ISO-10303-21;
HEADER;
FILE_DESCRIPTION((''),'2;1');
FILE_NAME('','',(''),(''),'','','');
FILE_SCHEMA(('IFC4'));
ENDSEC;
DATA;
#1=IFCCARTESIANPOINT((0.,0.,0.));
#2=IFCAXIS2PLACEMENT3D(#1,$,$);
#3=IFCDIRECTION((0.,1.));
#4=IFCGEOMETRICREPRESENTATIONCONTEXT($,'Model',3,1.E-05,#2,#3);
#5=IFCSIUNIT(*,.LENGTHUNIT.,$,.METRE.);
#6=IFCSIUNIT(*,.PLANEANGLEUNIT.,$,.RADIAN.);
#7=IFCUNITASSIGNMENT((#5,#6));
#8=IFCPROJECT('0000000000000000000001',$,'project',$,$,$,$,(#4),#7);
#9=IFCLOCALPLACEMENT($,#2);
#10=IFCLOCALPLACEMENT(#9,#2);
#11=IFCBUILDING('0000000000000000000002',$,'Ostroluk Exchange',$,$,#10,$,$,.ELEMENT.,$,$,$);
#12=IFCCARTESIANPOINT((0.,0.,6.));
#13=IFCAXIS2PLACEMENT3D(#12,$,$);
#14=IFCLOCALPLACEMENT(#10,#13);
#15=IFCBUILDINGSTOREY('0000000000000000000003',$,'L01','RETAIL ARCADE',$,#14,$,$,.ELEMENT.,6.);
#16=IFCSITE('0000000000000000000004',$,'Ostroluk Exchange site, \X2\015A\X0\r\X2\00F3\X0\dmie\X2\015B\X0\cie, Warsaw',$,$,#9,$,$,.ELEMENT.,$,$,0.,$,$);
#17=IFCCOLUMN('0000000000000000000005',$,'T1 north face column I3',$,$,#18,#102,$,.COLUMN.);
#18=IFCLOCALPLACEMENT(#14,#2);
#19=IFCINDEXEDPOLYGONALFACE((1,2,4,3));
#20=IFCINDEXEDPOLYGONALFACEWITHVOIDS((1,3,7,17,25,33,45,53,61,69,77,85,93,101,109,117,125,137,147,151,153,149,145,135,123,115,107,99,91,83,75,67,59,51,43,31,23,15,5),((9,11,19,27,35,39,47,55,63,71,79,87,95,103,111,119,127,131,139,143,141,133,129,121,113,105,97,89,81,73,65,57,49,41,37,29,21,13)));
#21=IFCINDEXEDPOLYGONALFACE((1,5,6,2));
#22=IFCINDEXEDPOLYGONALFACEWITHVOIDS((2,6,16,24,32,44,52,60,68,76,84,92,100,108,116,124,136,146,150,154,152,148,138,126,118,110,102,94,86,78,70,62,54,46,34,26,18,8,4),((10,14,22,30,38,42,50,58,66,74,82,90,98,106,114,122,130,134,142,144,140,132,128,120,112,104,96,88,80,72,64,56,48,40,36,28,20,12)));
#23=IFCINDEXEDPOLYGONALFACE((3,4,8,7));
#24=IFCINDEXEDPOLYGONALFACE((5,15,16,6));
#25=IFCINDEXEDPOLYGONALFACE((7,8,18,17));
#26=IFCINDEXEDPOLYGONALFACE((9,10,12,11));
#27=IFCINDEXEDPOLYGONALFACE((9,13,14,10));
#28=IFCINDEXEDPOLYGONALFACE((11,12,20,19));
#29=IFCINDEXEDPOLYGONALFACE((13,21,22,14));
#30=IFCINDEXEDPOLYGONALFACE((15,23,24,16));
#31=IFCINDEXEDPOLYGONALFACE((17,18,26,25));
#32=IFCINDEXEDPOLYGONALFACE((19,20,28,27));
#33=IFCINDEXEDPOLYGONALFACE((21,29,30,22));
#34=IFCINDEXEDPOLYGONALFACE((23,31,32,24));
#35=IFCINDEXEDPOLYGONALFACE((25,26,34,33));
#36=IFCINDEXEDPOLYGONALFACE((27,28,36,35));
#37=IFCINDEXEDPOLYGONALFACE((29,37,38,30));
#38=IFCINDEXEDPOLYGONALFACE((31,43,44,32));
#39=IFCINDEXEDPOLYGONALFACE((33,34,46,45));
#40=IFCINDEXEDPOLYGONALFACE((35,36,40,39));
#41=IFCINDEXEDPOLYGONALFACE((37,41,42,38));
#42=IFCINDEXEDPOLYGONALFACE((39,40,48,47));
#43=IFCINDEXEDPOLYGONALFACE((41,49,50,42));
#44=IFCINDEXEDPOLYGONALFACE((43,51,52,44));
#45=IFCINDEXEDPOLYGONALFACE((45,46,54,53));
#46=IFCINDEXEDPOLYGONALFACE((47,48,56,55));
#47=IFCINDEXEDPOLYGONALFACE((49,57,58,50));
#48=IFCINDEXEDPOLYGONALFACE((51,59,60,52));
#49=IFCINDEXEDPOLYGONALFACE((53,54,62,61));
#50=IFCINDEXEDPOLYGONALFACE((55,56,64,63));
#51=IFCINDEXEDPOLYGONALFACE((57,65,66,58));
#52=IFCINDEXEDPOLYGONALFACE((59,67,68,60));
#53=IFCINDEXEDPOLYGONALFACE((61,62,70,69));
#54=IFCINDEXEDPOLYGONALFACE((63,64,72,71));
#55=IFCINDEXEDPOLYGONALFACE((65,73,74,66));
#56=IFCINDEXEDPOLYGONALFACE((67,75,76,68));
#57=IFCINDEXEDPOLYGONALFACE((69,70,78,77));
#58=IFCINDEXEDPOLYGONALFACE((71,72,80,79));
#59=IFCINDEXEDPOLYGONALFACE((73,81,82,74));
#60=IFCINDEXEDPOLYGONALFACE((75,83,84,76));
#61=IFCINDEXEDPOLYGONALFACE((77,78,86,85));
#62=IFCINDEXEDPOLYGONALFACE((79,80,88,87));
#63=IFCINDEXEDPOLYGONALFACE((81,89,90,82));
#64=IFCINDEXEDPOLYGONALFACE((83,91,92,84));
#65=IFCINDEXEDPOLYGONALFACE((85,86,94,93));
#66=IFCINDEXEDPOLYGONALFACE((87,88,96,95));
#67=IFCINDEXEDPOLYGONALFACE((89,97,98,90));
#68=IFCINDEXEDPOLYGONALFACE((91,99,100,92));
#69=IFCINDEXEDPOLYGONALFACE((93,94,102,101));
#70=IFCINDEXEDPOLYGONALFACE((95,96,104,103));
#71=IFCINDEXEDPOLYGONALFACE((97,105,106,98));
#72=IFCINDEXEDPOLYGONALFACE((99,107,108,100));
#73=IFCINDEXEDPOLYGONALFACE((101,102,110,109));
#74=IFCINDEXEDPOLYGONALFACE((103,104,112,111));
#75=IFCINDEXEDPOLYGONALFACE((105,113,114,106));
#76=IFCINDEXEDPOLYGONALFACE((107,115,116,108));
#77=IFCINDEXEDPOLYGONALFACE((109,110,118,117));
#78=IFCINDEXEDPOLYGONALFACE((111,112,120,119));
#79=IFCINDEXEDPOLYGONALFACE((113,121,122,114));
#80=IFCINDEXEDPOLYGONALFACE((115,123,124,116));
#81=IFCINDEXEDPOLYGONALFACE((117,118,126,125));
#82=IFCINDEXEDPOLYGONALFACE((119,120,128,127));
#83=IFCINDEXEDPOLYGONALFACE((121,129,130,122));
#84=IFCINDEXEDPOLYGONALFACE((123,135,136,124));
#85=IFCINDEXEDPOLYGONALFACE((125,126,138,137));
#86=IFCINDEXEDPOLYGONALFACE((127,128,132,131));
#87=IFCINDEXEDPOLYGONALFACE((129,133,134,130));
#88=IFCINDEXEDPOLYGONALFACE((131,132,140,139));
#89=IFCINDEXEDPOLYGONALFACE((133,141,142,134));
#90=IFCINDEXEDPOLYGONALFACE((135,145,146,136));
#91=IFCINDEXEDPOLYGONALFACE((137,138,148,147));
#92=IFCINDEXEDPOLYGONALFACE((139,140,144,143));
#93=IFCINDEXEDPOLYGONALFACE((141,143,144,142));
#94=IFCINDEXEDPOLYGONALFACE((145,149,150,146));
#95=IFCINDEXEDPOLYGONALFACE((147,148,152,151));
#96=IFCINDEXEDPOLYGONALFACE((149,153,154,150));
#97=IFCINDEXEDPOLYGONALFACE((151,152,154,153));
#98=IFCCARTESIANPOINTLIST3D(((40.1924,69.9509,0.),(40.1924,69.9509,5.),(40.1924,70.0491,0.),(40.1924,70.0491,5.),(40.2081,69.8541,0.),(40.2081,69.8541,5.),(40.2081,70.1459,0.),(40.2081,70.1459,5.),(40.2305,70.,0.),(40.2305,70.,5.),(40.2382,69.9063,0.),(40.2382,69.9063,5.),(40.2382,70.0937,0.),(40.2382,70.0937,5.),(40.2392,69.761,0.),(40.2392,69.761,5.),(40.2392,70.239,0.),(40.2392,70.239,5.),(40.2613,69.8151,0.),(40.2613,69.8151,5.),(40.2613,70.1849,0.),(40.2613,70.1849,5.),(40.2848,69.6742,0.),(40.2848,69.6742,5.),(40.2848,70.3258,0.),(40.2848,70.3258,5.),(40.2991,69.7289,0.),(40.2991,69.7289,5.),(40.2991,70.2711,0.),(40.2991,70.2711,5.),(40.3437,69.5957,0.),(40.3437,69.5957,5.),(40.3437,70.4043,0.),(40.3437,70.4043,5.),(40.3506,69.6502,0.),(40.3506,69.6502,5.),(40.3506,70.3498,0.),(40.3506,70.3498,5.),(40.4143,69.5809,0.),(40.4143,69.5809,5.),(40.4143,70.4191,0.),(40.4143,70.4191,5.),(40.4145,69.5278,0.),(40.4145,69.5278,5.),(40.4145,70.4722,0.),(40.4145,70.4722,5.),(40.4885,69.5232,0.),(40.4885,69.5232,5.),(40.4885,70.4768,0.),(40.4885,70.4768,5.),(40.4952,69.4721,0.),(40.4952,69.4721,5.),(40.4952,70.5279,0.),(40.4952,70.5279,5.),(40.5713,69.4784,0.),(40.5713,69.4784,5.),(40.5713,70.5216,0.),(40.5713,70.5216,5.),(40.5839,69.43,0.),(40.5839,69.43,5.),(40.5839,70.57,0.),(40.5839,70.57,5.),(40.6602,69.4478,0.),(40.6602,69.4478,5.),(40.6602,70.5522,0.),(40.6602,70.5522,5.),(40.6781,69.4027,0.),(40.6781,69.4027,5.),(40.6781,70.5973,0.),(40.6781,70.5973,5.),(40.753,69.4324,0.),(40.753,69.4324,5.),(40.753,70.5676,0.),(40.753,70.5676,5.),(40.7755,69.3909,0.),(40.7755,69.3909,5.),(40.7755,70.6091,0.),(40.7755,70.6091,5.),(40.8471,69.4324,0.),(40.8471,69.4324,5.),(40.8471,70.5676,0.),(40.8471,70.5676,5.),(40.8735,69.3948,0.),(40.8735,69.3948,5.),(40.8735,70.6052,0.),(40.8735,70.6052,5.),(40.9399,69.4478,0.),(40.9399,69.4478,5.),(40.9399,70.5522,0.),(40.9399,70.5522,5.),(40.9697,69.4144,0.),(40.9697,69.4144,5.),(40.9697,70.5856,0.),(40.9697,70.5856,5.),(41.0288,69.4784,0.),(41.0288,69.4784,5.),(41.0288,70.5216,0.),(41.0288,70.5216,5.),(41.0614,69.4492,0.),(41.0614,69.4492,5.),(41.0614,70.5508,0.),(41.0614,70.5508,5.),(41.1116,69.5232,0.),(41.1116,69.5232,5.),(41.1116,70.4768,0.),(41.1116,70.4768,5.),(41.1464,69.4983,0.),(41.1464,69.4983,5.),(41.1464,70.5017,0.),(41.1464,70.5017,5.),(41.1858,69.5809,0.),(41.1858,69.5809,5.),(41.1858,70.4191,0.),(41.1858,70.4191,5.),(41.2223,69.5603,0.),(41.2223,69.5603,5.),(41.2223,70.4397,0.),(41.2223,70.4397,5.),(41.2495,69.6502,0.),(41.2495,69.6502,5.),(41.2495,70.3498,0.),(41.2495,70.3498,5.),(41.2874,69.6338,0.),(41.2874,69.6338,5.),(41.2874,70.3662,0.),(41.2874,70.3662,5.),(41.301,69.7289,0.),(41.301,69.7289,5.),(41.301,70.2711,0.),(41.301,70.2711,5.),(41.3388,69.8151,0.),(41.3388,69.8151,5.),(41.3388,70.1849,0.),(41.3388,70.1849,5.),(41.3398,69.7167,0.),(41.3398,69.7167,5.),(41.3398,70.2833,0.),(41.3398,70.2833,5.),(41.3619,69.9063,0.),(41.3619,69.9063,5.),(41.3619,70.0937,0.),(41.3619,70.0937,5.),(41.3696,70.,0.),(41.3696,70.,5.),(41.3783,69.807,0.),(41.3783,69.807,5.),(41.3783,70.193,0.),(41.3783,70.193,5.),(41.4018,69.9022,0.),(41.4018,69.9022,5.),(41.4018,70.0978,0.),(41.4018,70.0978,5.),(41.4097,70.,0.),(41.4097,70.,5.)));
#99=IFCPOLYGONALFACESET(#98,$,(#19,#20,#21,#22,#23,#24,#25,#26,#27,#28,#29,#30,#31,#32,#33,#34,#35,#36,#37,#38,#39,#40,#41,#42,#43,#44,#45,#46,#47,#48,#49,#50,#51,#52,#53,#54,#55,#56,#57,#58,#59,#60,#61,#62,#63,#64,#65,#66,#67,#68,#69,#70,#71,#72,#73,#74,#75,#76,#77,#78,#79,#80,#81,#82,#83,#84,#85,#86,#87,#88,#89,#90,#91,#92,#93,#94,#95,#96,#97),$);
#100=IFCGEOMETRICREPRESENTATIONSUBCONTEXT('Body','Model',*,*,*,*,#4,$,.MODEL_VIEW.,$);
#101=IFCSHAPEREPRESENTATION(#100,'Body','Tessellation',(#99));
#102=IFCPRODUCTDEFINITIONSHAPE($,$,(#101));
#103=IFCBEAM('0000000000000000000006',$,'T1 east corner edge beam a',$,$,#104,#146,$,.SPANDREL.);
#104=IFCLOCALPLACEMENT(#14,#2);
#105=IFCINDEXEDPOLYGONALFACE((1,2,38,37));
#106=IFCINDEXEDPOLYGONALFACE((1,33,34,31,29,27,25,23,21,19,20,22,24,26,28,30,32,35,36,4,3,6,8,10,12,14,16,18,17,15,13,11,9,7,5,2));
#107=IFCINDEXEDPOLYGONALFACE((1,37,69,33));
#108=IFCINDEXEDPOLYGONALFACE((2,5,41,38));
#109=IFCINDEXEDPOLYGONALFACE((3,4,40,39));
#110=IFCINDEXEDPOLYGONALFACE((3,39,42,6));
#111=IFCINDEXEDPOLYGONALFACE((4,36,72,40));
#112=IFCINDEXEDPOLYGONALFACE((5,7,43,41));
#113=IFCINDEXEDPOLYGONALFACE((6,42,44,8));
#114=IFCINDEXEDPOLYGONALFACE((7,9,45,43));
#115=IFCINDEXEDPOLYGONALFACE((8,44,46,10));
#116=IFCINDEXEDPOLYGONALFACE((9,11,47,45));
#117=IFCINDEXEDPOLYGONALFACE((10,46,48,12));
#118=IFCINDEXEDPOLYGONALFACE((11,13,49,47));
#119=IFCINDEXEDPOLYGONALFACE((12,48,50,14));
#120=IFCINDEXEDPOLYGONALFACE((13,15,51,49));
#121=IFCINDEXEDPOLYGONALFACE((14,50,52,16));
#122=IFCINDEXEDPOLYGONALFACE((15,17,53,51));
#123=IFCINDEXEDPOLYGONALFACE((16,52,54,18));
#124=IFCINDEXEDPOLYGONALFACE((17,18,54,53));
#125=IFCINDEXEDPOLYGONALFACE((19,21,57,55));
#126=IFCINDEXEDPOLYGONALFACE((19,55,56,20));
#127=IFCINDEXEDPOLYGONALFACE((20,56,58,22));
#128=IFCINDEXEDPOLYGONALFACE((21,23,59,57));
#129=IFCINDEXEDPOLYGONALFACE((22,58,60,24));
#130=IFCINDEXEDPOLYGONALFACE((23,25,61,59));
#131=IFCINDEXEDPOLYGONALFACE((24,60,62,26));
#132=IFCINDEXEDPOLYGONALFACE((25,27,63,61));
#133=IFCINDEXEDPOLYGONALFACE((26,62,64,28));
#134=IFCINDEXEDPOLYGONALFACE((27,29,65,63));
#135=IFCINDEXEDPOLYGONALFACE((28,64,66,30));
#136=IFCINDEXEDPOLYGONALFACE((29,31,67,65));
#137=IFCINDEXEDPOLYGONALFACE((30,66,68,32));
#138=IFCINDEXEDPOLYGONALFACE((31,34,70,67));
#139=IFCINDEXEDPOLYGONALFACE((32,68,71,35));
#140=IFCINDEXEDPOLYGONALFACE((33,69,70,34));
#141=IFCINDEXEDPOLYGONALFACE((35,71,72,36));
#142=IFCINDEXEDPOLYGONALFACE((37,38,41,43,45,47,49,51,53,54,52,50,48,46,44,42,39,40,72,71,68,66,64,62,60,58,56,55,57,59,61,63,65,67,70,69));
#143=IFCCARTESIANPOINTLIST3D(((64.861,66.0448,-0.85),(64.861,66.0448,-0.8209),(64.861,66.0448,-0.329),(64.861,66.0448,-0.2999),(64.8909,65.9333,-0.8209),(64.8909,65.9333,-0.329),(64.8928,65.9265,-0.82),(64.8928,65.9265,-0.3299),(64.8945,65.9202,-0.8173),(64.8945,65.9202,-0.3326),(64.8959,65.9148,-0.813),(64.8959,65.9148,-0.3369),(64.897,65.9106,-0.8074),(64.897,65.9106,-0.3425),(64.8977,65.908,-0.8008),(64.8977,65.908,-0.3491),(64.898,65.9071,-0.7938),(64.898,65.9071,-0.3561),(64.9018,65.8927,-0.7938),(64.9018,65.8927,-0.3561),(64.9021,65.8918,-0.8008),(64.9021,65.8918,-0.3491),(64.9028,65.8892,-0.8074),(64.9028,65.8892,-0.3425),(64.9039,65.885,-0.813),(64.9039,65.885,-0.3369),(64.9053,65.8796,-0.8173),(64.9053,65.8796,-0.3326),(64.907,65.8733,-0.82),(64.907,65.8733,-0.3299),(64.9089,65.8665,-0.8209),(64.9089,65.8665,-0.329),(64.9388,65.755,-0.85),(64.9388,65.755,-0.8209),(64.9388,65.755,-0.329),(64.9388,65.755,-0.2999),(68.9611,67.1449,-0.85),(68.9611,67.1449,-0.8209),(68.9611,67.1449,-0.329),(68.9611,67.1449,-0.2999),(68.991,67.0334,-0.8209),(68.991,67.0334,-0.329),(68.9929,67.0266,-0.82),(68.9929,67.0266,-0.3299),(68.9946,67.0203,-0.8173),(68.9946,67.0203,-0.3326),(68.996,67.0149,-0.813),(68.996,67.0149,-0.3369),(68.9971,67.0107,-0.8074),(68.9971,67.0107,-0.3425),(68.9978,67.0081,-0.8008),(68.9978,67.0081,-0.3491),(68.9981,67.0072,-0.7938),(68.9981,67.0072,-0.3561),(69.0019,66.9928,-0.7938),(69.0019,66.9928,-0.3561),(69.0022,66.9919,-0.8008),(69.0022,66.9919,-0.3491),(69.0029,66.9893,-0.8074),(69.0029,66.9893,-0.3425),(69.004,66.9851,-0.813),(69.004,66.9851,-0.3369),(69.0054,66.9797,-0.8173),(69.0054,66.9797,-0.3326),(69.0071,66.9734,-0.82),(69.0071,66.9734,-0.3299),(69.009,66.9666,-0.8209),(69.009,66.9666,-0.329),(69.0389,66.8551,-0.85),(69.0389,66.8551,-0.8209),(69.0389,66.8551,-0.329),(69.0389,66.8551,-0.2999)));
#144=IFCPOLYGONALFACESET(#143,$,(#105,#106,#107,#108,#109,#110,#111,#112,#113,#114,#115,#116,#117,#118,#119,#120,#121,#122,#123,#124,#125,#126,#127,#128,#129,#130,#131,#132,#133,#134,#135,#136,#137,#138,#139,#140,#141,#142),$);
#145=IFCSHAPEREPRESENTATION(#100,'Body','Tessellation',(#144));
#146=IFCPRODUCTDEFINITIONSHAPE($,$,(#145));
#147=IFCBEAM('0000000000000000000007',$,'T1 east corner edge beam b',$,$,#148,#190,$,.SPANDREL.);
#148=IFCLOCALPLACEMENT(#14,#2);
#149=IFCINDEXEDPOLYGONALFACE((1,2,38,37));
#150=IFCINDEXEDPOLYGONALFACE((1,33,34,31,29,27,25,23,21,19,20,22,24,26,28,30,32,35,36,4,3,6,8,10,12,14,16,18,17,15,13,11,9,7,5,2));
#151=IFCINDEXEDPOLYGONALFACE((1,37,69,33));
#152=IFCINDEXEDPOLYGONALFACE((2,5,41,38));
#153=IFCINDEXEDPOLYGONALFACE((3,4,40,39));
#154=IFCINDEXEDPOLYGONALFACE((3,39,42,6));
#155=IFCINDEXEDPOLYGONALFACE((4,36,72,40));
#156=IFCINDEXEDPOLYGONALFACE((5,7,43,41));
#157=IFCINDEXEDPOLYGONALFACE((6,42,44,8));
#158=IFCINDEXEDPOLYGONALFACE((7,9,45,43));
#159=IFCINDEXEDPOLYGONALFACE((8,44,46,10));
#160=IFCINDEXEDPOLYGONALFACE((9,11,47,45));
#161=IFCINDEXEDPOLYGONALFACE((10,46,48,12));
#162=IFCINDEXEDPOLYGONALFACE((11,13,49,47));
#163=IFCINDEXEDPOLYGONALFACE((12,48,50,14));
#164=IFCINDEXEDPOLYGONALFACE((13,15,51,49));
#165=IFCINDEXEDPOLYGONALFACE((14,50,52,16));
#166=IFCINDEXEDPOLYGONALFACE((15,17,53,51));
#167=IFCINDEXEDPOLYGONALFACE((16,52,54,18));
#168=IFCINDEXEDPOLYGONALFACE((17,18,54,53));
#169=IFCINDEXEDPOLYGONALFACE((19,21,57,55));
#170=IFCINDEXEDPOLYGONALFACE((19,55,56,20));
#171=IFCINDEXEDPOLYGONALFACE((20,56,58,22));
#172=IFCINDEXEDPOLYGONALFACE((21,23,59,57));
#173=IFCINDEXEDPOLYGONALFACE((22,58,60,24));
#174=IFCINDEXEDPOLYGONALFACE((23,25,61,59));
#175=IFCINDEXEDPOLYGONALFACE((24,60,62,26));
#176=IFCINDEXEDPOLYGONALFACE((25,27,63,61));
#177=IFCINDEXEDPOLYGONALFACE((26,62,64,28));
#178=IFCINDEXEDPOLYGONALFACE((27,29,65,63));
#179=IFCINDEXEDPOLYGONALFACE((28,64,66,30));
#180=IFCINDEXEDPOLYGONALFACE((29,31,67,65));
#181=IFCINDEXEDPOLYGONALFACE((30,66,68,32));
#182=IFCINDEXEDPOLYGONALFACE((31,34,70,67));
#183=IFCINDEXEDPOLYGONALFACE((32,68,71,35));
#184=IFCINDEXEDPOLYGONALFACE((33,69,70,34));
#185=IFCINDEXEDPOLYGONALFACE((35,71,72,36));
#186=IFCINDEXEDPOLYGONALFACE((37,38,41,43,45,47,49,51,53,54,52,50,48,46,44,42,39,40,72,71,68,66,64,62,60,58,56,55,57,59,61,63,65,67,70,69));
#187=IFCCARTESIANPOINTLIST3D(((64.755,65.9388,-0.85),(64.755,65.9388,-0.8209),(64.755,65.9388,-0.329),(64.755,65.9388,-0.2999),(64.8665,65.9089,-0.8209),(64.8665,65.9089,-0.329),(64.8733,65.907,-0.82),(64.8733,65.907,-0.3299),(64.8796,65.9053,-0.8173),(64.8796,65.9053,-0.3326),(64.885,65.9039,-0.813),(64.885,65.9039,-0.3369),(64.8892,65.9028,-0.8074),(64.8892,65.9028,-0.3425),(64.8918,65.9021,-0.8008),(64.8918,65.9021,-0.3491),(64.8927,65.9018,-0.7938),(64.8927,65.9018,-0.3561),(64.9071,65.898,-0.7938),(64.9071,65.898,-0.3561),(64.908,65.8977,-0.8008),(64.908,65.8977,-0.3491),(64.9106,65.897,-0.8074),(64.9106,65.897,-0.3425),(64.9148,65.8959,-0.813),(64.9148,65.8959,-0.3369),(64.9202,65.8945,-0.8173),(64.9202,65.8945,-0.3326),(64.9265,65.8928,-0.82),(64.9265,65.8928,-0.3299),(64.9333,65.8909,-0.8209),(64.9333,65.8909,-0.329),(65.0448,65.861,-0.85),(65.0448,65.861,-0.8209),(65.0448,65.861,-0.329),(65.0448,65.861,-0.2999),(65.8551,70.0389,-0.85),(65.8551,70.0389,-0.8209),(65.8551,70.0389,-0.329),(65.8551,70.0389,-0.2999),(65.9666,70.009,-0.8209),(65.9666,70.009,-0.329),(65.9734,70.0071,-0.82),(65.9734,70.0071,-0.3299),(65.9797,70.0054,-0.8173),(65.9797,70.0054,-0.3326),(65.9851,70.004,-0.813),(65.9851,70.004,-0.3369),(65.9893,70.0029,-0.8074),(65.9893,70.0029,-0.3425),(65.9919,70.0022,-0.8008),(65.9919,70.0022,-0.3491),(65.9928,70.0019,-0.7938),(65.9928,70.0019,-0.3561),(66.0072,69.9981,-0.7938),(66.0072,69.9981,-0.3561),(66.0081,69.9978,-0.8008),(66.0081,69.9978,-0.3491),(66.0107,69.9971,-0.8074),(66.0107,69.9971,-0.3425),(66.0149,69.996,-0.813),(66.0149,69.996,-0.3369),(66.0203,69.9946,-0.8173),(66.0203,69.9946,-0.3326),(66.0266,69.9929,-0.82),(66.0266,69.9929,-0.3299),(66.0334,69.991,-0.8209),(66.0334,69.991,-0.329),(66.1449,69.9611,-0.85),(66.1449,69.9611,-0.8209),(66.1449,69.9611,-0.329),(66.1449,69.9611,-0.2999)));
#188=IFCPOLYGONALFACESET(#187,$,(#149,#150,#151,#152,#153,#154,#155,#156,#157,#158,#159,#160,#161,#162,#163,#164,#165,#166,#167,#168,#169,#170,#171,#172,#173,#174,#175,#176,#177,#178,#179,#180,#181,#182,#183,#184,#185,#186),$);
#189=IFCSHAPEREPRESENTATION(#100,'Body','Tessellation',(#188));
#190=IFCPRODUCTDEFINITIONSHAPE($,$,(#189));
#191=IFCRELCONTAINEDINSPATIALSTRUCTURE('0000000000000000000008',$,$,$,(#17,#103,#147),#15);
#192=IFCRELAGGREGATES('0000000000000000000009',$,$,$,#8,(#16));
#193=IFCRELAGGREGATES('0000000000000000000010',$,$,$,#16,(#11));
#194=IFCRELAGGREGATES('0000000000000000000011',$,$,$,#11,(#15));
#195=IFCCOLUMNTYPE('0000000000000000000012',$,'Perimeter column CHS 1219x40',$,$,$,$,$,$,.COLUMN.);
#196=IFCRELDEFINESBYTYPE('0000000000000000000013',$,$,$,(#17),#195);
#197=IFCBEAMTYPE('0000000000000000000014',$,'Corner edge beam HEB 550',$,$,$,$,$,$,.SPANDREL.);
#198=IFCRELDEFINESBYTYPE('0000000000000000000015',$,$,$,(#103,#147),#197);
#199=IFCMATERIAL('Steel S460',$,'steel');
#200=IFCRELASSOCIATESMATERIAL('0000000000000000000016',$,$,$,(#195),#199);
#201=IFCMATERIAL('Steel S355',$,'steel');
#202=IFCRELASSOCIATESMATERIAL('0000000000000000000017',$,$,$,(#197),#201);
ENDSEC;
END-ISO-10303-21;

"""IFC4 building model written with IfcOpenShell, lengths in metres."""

from ifc_helpers import new_model, si_unit, direction, frame, origin, origin_2d, place, context, subcontext, project, spatial, hollow_circle, i_section, extrude, material, material_profile, profile_set, type_object, element, save


model = new_model("IFC4")

# Units and contexts
model_context = context("Model", 3, precision=1e-05, world=origin(), true_north=direction((0.0, 1.0)))
body_context = subcontext(model_context, "Body", "Model", "MODEL_VIEW")
ifc_project = project(units=[si_unit("LENGTHUNIT", "METRE"), si_unit("PLANEANGLEUNIT", "RADIAN")], contexts=[model_context])

# Site, building, storey
site_placement = place(None, origin())
site = spatial("IfcSite", under=ifc_project, at=site_placement, Name="Ostroluk Exchange site, Śródmieście, Warsaw", CompositionType="ELEMENT", RefElevation=0.0)
building_placement = place(site_placement, origin())
building = spatial("IfcBuilding", under=site, at=building_placement, Name="Ostroluk Exchange", CompositionType="ELEMENT")
storey_placement = place(building_placement, frame((0.0, 0.0, 6.0)))
storey = spatial("IfcBuildingStorey", under=building, at=storey_placement, Name="L01", Description="RETAIL ARCADE", CompositionType="ELEMENT", Elevation=6.0)

# Column
ifc_material_1 = material(Name="Steel S460", Category="steel")
ifc_material_profile_1 = material_profile(ifc_material_1, hollow_circle(Radius=0.6096, WallThickness=0.04, at=origin_2d()), Name="CHS 1219x40")
ifc_profile_set_1 = profile_set([ifc_material_profile_1], Name="Steel S460")
column_type_1 = type_object("IfcColumnType", Name="Perimeter column CHS 1219x40", PredefinedType="COLUMN", material=ifc_profile_set_1)
for number, where, z_axis, x_axis, name in (
    (1, (40.8, 70.0, 0.0), (0.0, 0.0, 1.0), (1.0, 0.0, 0.0), "T1 north face column I3"),
):
    element("IfcColumn", number, at=place(storey_placement, frame(where, z_axis=z_axis, x_axis=x_axis)), inside=storey, type_object=column_type_1, Name=name, PredefinedType="COLUMN", context=body_context, shape_type="SweptSolid", body=[
        extrude(hollow_circle(Radius=0.6096, WallThickness=0.04, at=origin_2d()), origin(), (0.0, 0.0, 1.0), 5.0),
    ])

# Beams
ifc_material_2 = material(Name="Steel S355", Category="steel")
ifc_material_profile_2 = material_profile(ifc_material_2, i_section(OverallWidth=0.3, OverallDepth=0.55, WebThickness=0.0149, FlangeThickness=0.0291, FilletRadius=0.0271, at=origin_2d()), Name="HEB 550")
ifc_profile_set_2 = profile_set([ifc_material_profile_2], Name="Steel S355")
beam_type_1 = type_object("IfcBeamType", Name="Corner edge beam HEB 550", PredefinedType="SPANDREL", material=ifc_profile_set_2)
for number, where, z_axis, x_axis, name in (
    (2, (64.8999, 65.8999, -0.575), (0.965839, 0.259144, 0.0), (-0.259144, 0.965839, 0.0), "T1 east corner edge beam a"),
    (3, (64.8999, 65.8999, -0.575), (0.259144, 0.965839, 0.0), (-0.965839, 0.259144, 0.0), "T1 east corner edge beam b"),
):
    element("IfcBeam", number, at=place(storey_placement, frame(where, z_axis=z_axis, x_axis=x_axis)), inside=storey, type_object=beam_type_1, Name=name, PredefinedType="SPANDREL", context=body_context, shape_type="SweptSolid", body=[
        extrude(i_section(OverallWidth=0.3, OverallDepth=0.55, WebThickness=0.0149, FlangeThickness=0.0291, FilletRadius=0.0271, at=origin_2d()), origin(), (0.0, 0.0, 1.0), 4.2451),
    ])

save(model, "model.ifc")
